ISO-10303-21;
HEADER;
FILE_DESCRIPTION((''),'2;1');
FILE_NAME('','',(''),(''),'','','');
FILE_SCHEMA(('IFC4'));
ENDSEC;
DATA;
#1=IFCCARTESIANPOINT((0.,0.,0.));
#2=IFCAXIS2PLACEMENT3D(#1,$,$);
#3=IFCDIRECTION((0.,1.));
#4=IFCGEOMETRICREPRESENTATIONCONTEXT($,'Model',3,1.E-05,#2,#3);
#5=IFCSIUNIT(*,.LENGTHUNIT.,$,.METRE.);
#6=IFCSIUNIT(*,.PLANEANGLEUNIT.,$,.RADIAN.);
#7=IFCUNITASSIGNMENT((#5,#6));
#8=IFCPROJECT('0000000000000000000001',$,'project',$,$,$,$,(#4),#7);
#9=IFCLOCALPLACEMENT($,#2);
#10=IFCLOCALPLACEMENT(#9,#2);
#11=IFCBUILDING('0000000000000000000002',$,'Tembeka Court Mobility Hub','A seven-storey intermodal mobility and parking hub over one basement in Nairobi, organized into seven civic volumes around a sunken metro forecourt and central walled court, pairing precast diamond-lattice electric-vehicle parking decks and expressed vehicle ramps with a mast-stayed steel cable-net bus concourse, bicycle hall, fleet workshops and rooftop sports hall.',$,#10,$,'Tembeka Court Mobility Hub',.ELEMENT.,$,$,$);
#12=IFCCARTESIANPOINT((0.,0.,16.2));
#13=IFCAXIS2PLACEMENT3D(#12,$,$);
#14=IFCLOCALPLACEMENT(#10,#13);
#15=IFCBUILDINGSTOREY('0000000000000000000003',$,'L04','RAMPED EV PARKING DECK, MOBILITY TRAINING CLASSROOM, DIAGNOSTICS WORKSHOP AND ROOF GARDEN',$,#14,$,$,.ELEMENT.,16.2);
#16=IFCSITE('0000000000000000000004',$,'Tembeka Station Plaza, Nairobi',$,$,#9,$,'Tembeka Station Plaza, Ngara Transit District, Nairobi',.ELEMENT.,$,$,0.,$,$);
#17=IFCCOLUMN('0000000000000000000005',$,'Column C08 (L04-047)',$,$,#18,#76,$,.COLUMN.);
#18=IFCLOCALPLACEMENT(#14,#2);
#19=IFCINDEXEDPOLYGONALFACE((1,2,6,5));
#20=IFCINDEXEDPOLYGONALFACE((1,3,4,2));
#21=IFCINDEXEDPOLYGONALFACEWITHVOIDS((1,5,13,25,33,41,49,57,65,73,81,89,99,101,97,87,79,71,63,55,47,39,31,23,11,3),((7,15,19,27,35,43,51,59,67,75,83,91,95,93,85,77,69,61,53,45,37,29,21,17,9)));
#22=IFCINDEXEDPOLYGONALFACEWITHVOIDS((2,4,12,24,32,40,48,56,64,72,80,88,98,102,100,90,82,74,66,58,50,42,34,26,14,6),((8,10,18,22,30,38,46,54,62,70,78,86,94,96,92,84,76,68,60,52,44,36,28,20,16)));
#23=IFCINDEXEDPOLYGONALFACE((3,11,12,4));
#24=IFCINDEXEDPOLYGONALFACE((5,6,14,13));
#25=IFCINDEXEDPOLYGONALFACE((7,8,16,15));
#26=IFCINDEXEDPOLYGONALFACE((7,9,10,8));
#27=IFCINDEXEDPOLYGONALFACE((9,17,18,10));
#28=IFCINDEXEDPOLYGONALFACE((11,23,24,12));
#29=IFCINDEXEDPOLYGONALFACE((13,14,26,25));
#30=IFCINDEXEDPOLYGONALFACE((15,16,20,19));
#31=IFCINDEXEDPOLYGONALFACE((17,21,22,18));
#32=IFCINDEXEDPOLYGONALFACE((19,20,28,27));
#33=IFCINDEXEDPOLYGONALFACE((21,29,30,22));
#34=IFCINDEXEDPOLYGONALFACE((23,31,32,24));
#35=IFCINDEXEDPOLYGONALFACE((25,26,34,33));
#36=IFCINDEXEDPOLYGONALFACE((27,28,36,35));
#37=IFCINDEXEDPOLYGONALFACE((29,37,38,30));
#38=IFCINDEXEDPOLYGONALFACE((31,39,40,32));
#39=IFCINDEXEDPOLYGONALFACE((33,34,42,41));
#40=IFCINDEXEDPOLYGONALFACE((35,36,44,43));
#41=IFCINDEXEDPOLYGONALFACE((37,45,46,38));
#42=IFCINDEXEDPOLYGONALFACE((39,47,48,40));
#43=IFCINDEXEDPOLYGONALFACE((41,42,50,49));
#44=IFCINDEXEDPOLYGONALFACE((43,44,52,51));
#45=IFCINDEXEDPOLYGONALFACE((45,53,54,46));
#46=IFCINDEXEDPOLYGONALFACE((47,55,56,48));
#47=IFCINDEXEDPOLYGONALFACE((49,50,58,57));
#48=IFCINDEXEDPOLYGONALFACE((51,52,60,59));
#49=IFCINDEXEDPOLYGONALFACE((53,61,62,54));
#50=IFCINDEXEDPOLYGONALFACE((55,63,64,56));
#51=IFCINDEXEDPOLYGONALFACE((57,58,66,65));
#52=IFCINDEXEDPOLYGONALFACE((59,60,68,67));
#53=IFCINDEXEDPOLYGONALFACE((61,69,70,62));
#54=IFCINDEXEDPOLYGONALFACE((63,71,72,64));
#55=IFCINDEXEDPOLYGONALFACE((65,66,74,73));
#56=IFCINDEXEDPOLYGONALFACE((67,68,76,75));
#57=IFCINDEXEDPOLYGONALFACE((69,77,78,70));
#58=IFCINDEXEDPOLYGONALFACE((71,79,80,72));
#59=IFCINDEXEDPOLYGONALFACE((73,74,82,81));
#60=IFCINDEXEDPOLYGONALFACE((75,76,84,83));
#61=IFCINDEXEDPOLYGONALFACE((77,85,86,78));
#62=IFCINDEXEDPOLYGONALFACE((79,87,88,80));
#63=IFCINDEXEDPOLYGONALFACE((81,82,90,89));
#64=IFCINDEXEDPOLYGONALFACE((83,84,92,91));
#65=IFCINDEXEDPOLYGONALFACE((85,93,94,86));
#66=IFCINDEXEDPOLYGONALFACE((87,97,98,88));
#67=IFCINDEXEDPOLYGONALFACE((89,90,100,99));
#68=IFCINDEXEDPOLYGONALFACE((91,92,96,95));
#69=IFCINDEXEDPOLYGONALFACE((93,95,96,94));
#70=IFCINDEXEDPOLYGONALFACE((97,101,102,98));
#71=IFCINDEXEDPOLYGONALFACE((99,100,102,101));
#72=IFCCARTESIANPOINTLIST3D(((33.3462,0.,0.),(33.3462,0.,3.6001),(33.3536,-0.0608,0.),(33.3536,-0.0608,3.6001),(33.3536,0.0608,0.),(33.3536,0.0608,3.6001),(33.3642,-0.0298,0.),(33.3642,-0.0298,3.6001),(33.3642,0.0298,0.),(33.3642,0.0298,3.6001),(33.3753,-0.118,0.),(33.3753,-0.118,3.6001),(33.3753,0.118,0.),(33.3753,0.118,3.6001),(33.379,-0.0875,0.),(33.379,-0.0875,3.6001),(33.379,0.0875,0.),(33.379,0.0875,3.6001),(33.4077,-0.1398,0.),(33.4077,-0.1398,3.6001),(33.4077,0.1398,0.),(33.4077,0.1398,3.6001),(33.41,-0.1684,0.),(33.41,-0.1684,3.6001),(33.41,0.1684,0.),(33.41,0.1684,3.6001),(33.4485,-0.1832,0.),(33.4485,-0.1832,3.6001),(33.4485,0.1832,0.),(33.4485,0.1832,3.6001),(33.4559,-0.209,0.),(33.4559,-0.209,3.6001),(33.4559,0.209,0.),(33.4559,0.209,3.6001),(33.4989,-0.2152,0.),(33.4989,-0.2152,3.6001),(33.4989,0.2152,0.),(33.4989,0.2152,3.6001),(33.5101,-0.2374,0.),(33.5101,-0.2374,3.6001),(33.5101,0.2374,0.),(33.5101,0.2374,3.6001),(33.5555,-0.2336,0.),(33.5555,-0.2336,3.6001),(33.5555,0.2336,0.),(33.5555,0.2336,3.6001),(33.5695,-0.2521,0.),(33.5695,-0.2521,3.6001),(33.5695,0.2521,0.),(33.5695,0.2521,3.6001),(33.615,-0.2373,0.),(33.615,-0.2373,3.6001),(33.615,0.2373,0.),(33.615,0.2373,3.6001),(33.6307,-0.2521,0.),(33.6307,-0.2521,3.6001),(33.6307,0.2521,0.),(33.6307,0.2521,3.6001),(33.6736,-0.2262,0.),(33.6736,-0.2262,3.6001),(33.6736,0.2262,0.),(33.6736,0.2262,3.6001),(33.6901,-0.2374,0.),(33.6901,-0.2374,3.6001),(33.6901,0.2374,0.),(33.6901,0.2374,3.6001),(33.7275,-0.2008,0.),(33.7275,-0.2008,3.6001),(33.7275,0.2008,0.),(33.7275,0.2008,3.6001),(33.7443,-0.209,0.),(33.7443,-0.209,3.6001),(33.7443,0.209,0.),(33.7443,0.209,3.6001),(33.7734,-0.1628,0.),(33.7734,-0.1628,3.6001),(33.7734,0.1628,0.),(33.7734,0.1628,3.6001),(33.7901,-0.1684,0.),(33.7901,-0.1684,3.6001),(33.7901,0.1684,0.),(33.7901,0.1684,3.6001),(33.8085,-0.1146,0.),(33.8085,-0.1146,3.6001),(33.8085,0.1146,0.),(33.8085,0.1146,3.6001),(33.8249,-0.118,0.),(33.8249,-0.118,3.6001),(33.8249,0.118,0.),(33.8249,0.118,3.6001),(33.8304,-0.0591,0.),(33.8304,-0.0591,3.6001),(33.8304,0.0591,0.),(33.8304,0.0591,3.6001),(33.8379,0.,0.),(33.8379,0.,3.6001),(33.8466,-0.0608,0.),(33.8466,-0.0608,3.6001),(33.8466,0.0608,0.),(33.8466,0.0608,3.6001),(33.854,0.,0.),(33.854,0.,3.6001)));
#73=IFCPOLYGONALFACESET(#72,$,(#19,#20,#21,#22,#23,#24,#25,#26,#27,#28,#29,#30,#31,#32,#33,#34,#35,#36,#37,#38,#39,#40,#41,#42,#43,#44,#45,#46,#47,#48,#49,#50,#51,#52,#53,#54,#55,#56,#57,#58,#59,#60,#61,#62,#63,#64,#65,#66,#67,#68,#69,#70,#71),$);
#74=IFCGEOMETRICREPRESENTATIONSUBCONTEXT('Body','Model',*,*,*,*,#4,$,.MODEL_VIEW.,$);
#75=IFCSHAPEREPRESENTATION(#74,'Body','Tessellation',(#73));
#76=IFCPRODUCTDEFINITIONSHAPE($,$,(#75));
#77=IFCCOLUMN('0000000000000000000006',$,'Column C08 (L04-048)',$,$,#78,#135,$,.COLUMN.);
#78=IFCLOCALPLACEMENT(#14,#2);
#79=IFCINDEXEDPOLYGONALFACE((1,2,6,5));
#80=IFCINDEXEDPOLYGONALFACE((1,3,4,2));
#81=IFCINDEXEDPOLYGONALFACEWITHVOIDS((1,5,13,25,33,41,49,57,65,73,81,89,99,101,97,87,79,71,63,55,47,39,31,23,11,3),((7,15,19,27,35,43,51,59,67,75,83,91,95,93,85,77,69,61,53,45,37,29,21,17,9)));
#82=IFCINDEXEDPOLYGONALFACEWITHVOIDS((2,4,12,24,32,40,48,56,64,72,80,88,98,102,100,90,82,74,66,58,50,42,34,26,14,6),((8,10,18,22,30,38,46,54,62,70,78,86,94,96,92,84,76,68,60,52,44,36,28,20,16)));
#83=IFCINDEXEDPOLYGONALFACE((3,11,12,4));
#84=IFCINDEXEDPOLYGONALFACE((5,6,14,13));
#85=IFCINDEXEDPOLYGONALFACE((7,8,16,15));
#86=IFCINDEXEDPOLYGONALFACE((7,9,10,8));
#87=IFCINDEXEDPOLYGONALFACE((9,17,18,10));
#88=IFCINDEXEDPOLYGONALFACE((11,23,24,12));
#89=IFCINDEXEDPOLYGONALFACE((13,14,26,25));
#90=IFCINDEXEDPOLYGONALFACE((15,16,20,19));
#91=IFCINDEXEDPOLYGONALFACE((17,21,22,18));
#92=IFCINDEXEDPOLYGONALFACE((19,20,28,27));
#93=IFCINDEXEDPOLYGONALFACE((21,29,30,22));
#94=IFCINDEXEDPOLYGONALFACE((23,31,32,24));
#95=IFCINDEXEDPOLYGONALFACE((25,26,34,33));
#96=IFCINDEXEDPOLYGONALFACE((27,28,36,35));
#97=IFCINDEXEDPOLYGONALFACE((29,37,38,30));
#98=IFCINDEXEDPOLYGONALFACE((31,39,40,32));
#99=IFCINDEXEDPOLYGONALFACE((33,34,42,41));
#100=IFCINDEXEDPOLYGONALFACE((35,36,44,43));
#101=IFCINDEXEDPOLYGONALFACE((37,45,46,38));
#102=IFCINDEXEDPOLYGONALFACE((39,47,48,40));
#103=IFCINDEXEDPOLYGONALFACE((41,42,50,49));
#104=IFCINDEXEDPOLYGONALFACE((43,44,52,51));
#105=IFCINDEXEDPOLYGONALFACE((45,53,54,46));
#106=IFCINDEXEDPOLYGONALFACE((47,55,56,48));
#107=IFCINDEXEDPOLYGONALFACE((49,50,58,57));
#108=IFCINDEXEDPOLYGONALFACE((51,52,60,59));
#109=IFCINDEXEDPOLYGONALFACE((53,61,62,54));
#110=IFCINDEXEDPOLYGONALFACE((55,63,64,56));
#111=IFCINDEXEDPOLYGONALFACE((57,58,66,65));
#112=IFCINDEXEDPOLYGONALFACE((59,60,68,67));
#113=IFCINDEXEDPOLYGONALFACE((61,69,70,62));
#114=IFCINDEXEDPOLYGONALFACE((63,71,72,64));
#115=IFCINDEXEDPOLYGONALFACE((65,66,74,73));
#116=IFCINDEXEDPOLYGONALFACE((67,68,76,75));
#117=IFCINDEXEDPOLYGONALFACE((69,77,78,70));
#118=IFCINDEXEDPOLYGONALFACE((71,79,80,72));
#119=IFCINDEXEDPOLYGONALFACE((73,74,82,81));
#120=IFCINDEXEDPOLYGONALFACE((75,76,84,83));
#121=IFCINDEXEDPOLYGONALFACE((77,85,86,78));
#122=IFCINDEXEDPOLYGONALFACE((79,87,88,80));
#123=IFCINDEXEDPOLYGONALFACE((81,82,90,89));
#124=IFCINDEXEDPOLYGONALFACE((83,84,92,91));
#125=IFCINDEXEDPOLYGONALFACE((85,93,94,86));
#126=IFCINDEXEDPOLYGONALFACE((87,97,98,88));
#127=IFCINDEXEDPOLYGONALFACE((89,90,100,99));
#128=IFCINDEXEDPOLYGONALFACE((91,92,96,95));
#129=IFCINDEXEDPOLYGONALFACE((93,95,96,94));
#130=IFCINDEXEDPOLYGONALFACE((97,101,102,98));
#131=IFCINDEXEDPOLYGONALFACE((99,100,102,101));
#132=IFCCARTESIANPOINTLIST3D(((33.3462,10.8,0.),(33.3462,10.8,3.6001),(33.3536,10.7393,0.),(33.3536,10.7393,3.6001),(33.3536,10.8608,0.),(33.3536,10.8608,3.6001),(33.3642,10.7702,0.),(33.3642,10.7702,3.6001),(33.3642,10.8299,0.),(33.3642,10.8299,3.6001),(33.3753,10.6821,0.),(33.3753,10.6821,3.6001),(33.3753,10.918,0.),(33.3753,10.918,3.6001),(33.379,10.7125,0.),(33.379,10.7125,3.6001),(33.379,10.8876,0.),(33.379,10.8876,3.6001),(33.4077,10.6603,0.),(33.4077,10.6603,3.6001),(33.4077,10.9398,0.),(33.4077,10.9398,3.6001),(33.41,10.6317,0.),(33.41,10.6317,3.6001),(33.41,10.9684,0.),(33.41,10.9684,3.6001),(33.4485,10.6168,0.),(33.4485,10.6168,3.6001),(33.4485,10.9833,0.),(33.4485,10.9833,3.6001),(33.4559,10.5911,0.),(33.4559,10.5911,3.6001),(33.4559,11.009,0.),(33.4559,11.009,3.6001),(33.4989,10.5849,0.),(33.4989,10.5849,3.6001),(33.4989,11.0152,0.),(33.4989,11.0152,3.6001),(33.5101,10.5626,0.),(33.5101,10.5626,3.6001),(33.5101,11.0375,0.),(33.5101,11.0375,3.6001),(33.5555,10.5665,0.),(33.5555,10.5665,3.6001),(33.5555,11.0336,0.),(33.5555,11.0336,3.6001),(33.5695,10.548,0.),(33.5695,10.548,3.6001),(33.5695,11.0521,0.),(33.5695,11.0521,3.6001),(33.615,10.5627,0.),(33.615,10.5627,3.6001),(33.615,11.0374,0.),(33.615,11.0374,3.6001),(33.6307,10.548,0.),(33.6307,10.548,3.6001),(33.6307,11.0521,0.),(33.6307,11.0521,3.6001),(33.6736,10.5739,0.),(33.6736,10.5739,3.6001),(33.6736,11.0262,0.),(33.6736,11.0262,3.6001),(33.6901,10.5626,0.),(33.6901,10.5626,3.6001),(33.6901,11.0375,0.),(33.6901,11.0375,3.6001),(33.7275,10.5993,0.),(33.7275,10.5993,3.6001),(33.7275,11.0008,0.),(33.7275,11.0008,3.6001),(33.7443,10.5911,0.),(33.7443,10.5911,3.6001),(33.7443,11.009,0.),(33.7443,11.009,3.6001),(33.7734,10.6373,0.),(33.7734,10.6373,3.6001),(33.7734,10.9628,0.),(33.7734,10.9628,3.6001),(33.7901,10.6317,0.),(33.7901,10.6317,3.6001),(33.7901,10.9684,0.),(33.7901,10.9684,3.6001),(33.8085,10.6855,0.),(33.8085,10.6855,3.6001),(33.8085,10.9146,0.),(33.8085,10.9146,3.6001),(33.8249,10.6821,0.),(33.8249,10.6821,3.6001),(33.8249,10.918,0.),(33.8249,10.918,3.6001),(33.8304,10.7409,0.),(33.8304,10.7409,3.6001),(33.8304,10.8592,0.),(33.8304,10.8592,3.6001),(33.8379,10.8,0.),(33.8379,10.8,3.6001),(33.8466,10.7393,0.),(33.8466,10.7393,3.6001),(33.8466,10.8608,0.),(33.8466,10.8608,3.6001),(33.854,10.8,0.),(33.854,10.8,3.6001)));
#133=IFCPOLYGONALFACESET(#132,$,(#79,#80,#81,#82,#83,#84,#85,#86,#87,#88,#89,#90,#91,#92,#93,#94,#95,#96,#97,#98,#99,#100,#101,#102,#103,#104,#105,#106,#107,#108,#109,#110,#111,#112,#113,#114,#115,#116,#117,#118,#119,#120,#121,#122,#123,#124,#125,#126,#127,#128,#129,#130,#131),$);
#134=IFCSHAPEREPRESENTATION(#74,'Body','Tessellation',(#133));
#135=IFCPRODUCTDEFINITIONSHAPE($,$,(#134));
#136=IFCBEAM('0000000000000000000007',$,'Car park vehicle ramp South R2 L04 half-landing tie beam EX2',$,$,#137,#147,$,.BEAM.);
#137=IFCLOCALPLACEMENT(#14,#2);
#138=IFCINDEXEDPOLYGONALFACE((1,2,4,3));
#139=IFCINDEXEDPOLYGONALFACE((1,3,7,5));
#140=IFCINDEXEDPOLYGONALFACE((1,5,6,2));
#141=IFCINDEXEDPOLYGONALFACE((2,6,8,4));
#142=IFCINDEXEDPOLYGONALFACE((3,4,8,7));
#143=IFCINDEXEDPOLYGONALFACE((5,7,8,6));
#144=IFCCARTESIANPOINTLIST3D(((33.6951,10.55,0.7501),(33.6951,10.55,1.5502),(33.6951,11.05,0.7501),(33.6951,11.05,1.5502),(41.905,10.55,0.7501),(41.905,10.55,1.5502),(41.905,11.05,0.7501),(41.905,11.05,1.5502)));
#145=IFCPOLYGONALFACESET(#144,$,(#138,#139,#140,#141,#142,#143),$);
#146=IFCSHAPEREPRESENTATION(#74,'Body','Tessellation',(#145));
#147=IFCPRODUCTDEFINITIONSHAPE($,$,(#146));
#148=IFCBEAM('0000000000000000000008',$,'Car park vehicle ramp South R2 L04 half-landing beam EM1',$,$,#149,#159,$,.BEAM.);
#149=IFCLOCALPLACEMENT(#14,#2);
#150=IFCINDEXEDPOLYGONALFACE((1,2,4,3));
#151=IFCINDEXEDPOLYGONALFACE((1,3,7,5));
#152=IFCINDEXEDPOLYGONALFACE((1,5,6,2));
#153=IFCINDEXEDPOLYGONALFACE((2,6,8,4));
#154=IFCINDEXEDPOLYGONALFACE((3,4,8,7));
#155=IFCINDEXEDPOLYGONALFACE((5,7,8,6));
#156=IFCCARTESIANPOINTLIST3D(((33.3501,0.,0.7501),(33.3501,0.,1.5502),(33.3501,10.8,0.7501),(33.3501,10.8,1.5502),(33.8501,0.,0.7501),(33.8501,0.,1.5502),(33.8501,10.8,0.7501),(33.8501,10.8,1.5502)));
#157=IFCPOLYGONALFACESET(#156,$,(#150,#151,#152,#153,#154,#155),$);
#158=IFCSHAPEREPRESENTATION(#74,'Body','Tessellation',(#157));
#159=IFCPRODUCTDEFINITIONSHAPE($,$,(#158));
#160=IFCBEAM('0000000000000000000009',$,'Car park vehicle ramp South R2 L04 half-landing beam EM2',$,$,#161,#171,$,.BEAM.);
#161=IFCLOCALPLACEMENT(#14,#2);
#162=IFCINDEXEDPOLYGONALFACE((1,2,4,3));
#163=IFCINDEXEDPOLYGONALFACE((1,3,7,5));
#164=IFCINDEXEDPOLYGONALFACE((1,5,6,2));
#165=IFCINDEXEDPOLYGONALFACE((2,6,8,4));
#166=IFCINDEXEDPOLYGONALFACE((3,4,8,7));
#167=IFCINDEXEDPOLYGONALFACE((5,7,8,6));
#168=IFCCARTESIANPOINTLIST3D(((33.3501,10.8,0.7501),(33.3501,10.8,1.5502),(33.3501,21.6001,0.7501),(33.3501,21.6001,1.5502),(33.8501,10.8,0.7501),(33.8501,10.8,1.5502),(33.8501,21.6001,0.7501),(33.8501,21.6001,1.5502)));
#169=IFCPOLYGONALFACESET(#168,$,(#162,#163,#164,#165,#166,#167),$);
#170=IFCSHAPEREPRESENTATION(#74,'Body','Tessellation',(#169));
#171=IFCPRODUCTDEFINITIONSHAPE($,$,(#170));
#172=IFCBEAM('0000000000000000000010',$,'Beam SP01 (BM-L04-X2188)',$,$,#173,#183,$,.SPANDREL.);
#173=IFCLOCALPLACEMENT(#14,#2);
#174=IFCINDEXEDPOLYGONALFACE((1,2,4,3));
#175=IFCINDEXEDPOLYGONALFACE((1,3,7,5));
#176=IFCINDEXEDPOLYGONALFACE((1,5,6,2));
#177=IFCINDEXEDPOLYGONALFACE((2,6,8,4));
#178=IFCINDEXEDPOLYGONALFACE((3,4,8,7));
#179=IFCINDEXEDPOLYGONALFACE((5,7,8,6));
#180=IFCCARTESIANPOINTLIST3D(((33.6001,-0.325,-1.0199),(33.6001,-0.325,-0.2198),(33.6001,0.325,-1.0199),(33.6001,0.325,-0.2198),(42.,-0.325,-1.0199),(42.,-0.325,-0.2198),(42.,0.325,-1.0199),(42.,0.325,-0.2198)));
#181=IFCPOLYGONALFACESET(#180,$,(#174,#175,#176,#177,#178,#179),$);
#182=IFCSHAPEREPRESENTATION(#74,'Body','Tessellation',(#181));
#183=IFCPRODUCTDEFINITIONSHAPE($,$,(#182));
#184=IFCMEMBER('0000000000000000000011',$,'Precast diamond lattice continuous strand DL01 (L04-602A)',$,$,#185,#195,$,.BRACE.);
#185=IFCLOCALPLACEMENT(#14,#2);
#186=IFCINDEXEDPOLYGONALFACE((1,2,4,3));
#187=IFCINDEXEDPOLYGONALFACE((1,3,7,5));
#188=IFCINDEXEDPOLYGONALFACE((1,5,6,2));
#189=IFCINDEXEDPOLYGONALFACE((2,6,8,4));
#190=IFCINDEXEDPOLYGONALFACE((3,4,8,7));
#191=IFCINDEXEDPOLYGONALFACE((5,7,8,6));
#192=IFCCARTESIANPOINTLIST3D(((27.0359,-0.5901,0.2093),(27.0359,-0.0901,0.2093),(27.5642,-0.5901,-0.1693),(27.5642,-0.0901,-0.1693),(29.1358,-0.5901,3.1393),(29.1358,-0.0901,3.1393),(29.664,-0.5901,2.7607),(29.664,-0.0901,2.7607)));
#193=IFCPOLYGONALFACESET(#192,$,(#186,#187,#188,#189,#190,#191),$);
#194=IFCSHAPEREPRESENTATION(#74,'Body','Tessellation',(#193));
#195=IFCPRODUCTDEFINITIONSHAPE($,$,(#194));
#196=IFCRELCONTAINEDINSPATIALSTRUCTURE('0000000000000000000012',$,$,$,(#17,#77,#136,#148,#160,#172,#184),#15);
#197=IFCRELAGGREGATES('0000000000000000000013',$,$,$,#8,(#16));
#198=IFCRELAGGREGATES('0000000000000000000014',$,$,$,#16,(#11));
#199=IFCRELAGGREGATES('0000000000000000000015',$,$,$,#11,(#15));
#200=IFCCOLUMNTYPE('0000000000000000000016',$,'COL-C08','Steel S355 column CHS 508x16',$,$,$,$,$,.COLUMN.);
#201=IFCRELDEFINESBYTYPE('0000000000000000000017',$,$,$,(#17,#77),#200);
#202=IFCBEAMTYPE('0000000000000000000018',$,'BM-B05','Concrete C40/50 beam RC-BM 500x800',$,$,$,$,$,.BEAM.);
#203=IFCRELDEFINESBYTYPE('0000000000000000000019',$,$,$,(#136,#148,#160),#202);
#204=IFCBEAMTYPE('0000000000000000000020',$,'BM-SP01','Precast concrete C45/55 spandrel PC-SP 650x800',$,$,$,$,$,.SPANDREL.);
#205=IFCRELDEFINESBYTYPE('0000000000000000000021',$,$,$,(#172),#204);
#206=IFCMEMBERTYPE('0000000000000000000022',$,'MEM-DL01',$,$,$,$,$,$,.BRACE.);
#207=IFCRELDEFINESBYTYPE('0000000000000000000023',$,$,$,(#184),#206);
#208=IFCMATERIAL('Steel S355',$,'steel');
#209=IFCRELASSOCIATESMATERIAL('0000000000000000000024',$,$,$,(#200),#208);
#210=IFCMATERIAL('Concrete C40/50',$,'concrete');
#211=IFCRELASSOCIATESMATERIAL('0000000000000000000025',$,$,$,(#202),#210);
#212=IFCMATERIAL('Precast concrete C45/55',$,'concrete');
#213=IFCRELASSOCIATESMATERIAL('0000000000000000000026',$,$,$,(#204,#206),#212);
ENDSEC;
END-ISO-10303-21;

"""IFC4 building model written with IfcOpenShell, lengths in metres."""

from ifc_helpers import new_model, si_unit, direction, frame, origin, origin_2d, place, context, subcontext, project, spatial, rectangle, hollow_circle, extrude, material, material_profile, profile_set, type_object, element, save


model = new_model("IFC4")

# Units and contexts
model_context = context("Model", 3, precision=1e-05, world=origin(), true_north=direction((0.0, 1.0)))
body_context = subcontext(model_context, "Body", "Model", "MODEL_VIEW")
ifc_project = project(units=[si_unit("LENGTHUNIT", "METRE"), si_unit("PLANEANGLEUNIT", "RADIAN")], contexts=[model_context])

# Site, building, storey
site_placement = place(None, origin())
site = spatial("IfcSite", under=ifc_project, at=site_placement, Name="Tembeka Station Plaza, Nairobi", LongName="Tembeka Station Plaza, Ngara Transit District, Nairobi", CompositionType="ELEMENT", RefElevation=0.0)
building_placement = place(site_placement, origin())
building = spatial("IfcBuilding", under=site, at=building_placement, Name="Tembeka Court Mobility Hub", Description="A seven-storey intermodal mobility and parking hub over one basement in Nairobi, organized into seven civic volumes around a sunken metro forecourt and central walled court, pairing precast diamond-lattice electric-vehicle parking decks and expressed vehicle ramps with a mast-stayed steel cable-net bus concourse, bicycle hall, fleet workshops and rooftop sports hall.", LongName="Tembeka Court Mobility Hub", CompositionType="ELEMENT")
storey_placement = place(building_placement, frame((0.0, 0.0, 16.2)))
storey = spatial("IfcBuildingStorey", under=building, at=storey_placement, Name="L04", Description="RAMPED EV PARKING DECK, MOBILITY TRAINING CLASSROOM, DIAGNOSTICS WORKSHOP AND ROOF GARDEN", CompositionType="ELEMENT", Elevation=16.2)

# Columns
ifc_material_1 = material(Name="Steel S355", Category="steel")
ifc_material_profile_1 = material_profile(ifc_material_1, hollow_circle(Radius=0.2539, WallThickness=0.0161, at=origin_2d()), Name="CHS 508x16")
ifc_profile_set_1 = profile_set([ifc_material_profile_1], Name="Steel S355")
column_type = type_object("IfcColumnType", Name="COL-C08", Description="Steel S355 column CHS 508x16", PredefinedType="COLUMN", material=ifc_profile_set_1)
for number, where, z_axis, x_axis, name in (
    (1, (33.6001, 0.0, 0.0), (0.0, 0.0, 1.0), (1.0, 0.0, 0.0), "Column C08 (L04-047)"),
    (2, (33.6001, 10.8, 0.0), (0.0, 0.0, 1.0), (1.0, 0.0, 0.0), "Column C08 (L04-048)"),
):
    element("IfcColumn", number, at=place(storey_placement, frame(where, z_axis=z_axis, x_axis=x_axis)), inside=storey, type_object=column_type, Name=name, PredefinedType="COLUMN", context=body_context, shape_type="SweptSolid", body=[
        extrude(hollow_circle(Radius=0.2539, WallThickness=0.0161, at=origin_2d()), origin(), (0.0, 0.0, 1.0), 3.6001),
    ])

# Beams
ifc_material_2 = material(Name="Concrete C40/50", Category="concrete")
ifc_material_profile_2 = material_profile(ifc_material_2, rectangle(XDim=0.5, YDim=0.8, at=origin_2d()), Name="RC-BM 500x800")
ifc_profile_set_2 = profile_set([ifc_material_profile_2], Name="Concrete C40/50")
beam_type_1 = type_object("IfcBeamType", Name="BM-B05", Description="Concrete C40/50 beam RC-BM 500x800", PredefinedType="BEAM", material=ifc_profile_set_2)
beam_1_placement = place(storey_placement, frame((33.6951, 10.8, 1.1501), z_axis=(1.0, 0.0, 0.0), x_axis=(0.0, 1.0, 0.0)))
element("IfcBeam", 3, at=beam_1_placement, inside=storey, type_object=beam_type_1, Name="Car park vehicle ramp South R2 L04 half-landing tie beam EX2", PredefinedType="BEAM", context=body_context, shape_type="SweptSolid", body=[
    extrude(rectangle(XDim=0.5, YDim=0.8, at=origin_2d()), origin(), (0.0, 0.0, 1.0), 8.21),
])
for number, where, z_axis, x_axis, name in (
    (4, (33.6001, 0.0, 1.1501), (0.0, 1.0, 0.0), (-1.0, 0.0, 0.0), "Car park vehicle ramp South R2 L04 half-landing beam EM1"),
    (5, (33.6001, 10.8, 1.1501), (0.0, 1.0, 0.0), (-1.0, 0.0, 0.0), "Car park vehicle ramp South R2 L04 half-landing beam EM2"),
):
    element("IfcBeam", number, at=place(storey_placement, frame(where, z_axis=z_axis, x_axis=x_axis)), inside=storey, type_object=beam_type_1, Name=name, PredefinedType="BEAM", context=body_context, shape_type="SweptSolid", body=[
        extrude(rectangle(XDim=0.5, YDim=0.8, at=origin_2d()), origin(), (0.0, 0.0, 1.0), 10.8),
    ])
ifc_material_3 = material(Name="Precast concrete C45/55", Category="concrete")
ifc_material_profile_3 = material_profile(ifc_material_3, rectangle(XDim=0.6499, YDim=0.8, at=origin_2d()), Name="PC-SP 650x800")
ifc_profile_set_3 = profile_set([ifc_material_profile_3], Name="Precast concrete C45/55")
beam_type_2 = type_object("IfcBeamType", Name="BM-SP01", Description="Precast concrete C45/55 spandrel PC-SP 650x800", PredefinedType="SPANDREL", material=ifc_profile_set_3)
beam_2_placement = place(storey_placement, frame((33.6001, 0.0, -0.6199), z_axis=(1.0, 0.0, 0.0), x_axis=(0.0, 1.0, 0.0)))
element("IfcBeam", 6, at=beam_2_placement, inside=storey, type_object=beam_type_2, Name="Beam SP01 (BM-L04-X2188)", PredefinedType="SPANDREL", context=body_context, shape_type="SweptSolid", body=[
    extrude(rectangle(XDim=0.6499, YDim=0.8, at=origin_2d()), origin(), (0.0, 0.0, 1.0), 8.3999),
])

# Member
ifc_material_profile_4 = material_profile(ifc_material_3, rectangle(XDim=0.5, YDim=0.6499, at=origin_2d()), Name="PC-DIAG 500x650")
ifc_profile_set_4 = profile_set([ifc_material_profile_4], Name="Precast concrete C45/55")
member_type_1 = type_object("IfcMemberType", Name="MEM-DL01", PredefinedType="BRACE", material=ifc_profile_set_4)
member_1_placement = place(storey_placement, frame((27.3, -0.3401, 0.02), z_axis=(0.582532, 0.0, 0.812808), x_axis=(0.0, 1.0, 0.0)))
element("IfcMember", 7, at=member_1_placement, inside=storey, type_object=member_type_1, Name="Precast diamond lattice continuous strand DL01 (L04-602A)", PredefinedType="BRACE", context=body_context, shape_type="SweptSolid", body=[
    extrude(rectangle(XDim=0.5, YDim=0.6499, at=origin_2d()), origin(), (0.0, 0.0, 1.0), 3.6047),
])

save(model, "model.ifc")
